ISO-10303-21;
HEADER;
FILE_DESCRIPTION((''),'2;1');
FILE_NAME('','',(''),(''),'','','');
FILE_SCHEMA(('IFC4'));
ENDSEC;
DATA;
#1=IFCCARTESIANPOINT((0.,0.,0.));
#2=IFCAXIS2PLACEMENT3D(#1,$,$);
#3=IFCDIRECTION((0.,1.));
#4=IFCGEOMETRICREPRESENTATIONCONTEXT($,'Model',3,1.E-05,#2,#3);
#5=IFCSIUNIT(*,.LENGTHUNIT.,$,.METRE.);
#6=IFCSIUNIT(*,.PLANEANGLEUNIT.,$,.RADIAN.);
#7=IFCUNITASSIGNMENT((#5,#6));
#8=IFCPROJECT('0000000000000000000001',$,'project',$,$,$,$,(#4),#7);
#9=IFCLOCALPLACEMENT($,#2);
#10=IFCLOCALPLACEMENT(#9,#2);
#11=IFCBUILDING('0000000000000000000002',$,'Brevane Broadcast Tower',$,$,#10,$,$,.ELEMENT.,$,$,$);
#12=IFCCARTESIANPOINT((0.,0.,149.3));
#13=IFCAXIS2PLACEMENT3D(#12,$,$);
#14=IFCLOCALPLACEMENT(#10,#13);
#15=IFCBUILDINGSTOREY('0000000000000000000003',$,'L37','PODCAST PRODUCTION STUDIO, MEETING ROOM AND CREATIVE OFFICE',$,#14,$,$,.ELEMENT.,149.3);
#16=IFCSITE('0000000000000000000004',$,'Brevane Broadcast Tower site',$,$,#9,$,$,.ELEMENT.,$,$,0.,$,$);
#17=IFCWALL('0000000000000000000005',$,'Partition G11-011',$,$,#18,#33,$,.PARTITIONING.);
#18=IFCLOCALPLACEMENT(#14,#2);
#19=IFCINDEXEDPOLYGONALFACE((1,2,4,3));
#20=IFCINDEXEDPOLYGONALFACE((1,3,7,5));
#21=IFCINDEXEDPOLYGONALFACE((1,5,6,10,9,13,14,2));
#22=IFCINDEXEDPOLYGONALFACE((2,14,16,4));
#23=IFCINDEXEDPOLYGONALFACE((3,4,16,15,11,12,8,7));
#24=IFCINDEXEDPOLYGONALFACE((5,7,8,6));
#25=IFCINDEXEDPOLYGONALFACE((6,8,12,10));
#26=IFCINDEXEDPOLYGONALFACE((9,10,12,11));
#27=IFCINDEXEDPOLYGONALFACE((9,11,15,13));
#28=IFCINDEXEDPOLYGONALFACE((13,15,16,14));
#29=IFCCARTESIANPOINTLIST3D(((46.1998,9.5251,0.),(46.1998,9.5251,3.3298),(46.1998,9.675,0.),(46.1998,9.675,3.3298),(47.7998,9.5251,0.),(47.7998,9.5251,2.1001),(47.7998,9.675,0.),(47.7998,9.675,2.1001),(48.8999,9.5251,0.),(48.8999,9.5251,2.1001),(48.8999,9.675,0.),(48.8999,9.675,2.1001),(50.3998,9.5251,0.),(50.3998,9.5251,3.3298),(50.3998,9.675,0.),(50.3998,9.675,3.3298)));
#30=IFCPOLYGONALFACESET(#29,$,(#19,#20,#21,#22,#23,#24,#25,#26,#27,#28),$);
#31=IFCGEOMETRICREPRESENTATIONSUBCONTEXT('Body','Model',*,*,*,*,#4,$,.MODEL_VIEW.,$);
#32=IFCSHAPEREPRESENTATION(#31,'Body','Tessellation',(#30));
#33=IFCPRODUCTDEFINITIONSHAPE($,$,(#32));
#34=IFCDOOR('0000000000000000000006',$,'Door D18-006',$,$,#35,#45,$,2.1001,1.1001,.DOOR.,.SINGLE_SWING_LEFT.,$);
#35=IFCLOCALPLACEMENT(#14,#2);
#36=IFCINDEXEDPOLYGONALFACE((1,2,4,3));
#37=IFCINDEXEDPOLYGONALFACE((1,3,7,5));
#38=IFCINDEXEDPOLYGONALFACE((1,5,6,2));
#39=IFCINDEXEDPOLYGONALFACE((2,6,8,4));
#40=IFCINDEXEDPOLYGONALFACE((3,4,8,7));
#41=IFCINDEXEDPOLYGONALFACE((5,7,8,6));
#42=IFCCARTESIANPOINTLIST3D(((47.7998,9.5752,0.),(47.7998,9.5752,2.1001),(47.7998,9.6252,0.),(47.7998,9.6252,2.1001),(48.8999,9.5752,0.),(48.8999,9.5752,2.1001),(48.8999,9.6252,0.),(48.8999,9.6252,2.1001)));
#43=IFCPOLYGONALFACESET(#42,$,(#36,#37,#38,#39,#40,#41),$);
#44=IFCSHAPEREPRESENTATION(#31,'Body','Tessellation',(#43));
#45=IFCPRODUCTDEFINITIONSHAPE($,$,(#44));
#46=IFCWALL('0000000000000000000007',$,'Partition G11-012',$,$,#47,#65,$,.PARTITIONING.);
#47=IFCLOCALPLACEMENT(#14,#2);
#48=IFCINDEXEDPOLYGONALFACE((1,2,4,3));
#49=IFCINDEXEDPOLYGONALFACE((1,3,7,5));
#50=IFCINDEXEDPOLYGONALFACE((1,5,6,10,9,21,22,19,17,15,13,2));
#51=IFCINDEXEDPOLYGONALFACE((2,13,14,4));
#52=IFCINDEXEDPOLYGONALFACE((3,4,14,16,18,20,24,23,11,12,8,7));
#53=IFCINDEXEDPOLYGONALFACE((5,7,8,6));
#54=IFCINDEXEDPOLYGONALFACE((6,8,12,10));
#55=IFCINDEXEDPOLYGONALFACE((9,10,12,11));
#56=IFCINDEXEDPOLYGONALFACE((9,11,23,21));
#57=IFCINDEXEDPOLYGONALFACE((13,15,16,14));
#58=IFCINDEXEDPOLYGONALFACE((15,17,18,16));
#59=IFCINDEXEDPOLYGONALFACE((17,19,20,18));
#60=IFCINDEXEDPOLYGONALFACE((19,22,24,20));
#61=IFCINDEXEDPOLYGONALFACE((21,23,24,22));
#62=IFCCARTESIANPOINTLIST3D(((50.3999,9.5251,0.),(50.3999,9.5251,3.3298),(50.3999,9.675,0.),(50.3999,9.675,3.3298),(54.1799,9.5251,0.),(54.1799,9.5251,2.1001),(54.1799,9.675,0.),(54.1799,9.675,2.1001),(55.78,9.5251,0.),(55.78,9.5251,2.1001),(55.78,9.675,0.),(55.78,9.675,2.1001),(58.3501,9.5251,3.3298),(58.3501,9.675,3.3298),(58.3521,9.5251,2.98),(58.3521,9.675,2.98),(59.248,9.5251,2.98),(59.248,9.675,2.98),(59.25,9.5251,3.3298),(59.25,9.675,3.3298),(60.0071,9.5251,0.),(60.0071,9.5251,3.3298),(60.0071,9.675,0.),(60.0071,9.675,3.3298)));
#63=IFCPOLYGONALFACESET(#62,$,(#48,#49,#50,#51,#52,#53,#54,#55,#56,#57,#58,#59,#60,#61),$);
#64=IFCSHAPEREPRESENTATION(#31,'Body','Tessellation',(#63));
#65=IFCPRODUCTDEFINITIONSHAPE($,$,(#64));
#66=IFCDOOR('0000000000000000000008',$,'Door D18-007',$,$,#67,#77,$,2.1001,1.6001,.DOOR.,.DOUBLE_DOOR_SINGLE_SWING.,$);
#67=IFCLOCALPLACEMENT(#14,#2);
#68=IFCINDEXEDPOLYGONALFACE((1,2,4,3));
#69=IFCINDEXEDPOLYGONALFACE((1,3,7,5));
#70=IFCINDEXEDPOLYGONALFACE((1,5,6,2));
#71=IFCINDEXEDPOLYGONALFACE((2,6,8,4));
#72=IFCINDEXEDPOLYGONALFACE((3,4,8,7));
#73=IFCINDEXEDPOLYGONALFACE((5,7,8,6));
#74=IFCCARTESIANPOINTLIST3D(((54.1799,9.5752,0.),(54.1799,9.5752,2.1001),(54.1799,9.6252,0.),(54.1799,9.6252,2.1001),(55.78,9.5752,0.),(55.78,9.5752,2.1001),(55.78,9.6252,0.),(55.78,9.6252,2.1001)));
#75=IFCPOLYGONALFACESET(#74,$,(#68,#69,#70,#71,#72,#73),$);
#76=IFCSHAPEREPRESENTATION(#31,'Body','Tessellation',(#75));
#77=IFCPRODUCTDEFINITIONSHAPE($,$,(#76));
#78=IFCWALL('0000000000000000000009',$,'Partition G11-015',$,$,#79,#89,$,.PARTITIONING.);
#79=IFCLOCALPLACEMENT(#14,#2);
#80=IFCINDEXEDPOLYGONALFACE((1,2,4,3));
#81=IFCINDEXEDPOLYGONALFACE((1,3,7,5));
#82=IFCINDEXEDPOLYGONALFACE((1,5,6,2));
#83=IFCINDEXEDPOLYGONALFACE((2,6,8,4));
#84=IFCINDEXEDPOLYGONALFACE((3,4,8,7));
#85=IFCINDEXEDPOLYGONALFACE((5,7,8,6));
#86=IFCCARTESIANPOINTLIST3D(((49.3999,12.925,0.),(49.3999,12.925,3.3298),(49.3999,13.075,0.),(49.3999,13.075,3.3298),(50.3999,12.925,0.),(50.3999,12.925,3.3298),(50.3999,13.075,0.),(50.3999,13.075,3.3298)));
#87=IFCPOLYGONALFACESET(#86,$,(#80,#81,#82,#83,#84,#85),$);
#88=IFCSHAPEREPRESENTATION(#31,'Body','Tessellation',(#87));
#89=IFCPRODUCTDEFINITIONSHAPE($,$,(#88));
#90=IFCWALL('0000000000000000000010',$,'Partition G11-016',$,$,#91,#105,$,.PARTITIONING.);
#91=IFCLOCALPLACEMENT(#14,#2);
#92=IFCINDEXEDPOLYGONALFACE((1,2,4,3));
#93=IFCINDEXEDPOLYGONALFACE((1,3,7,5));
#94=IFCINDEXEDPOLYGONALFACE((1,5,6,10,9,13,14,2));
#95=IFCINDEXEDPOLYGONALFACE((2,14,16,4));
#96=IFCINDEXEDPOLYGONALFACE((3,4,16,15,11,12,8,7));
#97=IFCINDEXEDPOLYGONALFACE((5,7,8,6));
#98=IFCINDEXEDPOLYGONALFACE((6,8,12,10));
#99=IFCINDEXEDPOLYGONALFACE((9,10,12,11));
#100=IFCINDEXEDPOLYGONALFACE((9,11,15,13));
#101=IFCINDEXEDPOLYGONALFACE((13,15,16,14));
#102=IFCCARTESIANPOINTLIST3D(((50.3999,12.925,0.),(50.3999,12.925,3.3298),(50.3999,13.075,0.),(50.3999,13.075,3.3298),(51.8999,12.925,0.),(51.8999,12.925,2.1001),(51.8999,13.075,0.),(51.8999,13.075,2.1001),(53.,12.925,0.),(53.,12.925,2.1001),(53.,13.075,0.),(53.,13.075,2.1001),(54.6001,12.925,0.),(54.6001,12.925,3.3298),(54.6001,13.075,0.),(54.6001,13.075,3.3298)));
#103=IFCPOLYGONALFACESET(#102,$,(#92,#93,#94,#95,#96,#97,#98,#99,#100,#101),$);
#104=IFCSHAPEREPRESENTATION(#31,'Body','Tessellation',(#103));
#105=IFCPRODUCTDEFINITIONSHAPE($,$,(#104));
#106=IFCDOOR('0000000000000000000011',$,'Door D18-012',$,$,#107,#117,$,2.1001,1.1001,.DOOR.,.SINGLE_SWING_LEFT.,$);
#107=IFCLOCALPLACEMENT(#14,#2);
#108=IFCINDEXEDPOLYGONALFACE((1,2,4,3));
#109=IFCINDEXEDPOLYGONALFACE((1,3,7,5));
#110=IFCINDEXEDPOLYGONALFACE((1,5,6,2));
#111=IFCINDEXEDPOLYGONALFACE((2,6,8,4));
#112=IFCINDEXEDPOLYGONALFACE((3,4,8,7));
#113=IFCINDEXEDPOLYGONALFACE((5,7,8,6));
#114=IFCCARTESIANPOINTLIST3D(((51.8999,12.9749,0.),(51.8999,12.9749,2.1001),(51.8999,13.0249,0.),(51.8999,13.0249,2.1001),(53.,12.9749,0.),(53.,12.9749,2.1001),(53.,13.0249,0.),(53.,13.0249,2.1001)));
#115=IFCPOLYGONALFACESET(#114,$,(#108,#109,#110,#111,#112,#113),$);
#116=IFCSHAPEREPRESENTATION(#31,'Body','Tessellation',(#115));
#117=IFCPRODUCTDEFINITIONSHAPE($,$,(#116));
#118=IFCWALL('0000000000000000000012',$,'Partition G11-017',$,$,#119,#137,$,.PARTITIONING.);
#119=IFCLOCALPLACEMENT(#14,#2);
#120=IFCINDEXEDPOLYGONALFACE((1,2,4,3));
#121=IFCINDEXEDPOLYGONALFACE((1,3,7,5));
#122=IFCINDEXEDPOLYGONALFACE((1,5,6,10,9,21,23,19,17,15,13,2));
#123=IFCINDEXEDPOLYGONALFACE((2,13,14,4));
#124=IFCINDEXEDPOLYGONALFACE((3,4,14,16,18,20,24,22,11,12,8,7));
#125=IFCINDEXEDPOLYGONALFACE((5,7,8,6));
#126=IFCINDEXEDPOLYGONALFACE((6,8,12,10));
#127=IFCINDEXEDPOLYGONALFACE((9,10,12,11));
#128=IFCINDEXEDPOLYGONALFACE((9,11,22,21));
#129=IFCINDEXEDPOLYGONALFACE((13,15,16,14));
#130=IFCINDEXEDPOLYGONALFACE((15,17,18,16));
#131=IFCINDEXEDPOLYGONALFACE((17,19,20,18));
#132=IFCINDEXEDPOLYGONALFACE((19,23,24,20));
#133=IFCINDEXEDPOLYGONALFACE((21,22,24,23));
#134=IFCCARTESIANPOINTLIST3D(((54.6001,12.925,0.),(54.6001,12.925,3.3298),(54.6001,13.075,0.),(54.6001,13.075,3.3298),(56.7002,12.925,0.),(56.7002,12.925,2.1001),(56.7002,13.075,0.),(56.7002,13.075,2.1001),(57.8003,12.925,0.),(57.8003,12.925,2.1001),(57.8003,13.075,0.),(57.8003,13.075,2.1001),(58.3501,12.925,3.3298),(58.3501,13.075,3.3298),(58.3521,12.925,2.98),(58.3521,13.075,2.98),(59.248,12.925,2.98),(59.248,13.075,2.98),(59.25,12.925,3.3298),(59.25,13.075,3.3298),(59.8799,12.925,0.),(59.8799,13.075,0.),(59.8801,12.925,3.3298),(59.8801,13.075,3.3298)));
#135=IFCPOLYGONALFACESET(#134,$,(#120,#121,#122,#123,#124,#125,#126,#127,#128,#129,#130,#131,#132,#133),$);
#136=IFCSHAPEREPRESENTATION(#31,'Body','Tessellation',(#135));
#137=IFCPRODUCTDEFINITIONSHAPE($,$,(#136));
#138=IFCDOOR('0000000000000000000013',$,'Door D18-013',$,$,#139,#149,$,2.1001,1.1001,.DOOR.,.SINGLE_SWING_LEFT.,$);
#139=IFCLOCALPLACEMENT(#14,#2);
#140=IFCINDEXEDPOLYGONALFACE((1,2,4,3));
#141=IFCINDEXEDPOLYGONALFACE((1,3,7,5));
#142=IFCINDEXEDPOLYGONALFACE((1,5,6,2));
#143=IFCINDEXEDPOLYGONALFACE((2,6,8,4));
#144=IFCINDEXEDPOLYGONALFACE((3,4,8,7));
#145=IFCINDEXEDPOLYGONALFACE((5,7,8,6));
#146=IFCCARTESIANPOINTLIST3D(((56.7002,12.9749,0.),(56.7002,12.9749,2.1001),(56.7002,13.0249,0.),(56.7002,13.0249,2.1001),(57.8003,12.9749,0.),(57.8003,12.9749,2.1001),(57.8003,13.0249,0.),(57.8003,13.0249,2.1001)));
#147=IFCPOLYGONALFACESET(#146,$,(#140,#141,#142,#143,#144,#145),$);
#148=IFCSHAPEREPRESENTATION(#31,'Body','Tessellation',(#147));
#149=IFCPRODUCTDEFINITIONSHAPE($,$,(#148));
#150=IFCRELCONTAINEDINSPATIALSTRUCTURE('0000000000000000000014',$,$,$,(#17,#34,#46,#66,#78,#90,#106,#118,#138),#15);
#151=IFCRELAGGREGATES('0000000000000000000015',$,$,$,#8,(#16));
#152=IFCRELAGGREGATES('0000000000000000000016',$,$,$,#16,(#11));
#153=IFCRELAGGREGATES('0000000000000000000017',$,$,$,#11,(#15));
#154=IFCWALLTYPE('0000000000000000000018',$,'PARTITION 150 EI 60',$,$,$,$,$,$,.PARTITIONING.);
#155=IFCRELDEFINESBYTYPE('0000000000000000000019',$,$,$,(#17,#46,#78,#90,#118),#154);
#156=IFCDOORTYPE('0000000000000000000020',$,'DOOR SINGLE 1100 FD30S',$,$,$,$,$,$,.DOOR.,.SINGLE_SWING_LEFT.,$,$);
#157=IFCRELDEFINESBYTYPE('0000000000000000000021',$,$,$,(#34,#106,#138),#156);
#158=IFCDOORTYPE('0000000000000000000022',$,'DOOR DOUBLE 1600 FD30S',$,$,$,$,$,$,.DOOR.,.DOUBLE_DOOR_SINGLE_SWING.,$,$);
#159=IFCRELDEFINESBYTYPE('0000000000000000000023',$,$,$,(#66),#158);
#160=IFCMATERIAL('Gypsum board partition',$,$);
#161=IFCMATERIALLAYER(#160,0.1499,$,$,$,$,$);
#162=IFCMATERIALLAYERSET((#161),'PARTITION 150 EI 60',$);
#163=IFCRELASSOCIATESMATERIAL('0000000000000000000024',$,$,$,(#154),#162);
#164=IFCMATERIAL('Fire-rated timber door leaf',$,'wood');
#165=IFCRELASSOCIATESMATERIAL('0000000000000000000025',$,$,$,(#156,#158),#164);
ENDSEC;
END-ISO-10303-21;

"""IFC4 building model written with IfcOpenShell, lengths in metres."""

from ifc_helpers import new_model, si_unit, direction, frame, frame_2d, origin, place, context, subcontext, project, spatial, polyline, rectangle, outline, extrude, material, layer, layer_set, type_object, element, fill, save


model = new_model("IFC4")

# Units and contexts
model_context = context("Model", 3, precision=1e-05, world=origin(), true_north=direction((0.0, 1.0)))
body_context = subcontext(model_context, "Body", "Model", "MODEL_VIEW")
ifc_project = project(units=[si_unit("LENGTHUNIT", "METRE"), si_unit("PLANEANGLEUNIT", "RADIAN")], contexts=[model_context])

# Site, building, storey
site_placement = place(None, origin())
site = spatial("IfcSite", under=ifc_project, at=site_placement, Name="Brevane Broadcast Tower site", CompositionType="ELEMENT", RefElevation=0.0)
building_placement = place(site_placement, origin())
building = spatial("IfcBuilding", under=site, at=building_placement, Name="Brevane Broadcast Tower", CompositionType="ELEMENT")
storey_placement = place(building_placement, frame((0.0, 0.0, 149.3)))
storey = spatial("IfcBuildingStorey", under=building, at=storey_placement, Name="L37", Description="PODCAST PRODUCTION STUDIO, MEETING ROOM AND CREATIVE OFFICE", CompositionType="ELEMENT", Elevation=149.3)

# Shared definitions
ifc_material_1 = material(Name="Gypsum board partition")

# Walls, openings, doors
ifc_layer_1 = layer(ifc_material_1, 0.1499)
ifc_layer_set_1 = layer_set([ifc_layer_1], Name="PARTITION 150 EI 60")
wall_type_1 = type_object("IfcWallType", Name="PARTITION 150 EI 60", PredefinedType="PARTITIONING", material=ifc_layer_set_1)
ifc_material_2 = material(Name="Fire-rated timber door leaf", Category="wood")
door_type_1 = type_object("IfcDoorType", Name="DOOR SINGLE 1100 FD30S", OperationType="SINGLE_SWING_LEFT", PredefinedType="DOOR", material=ifc_material_2)
wall_1_placement = place(storey_placement, frame((50.3999, 9.6001, 0.0), z_axis=(0.0, 0.0, 1.0), x_axis=(-1.0, 0.0, 0.0)))
wall_1 = element("IfcWall", 1, at=wall_1_placement, inside=storey, type_object=wall_type_1, Name="Partition G11-011", PredefinedType="PARTITIONING", context=body_context, shape_type="SweptSolid", body=[
    extrude(rectangle(XDim=4.2, YDim=0.1499, at=frame_2d((2.1001, 0.0))), origin(), (0.0, 0.0, 1.0), 3.3298),
])
opening_1_placement = place(wall_1_placement, frame((1.5, 0.0, 0.0)))
opening_1 = element("IfcOpeningElement", 2, at=opening_1_placement, cuts=wall_1, PredefinedType="OPENING", context=body_context, shape_type="SweptSolid", body=[
    extrude(rectangle(XDim=1.1001, YDim=2.1001, at=frame_2d((0.55, 1.05))), frame((0.0, 0.085, 0.0), z_axis=(0.0, -1.0, 0.0), x_axis=(1.0, 0.0, 0.0)), (0.0, 0.0, 1.0), 0.1699),
])
door_1_placement = place(opening_1_placement, origin())
door_1 = element("IfcDoor", 3, at=door_1_placement, inside=storey, type_object=door_type_1, Name="Door D18-006", OperationType="SINGLE_SWING_LEFT", OverallHeight=2.1001, OverallWidth=1.1001, PredefinedType="DOOR", context=body_context, shape_type="SweptSolid", body=[
    extrude(rectangle(XDim=1.1001, YDim=2.1001, at=frame_2d((0.55, 1.05))), frame((0.0, 0.0249, 0.0), z_axis=(0.0, -1.0, 0.0), x_axis=(1.0, 0.0, 0.0)), (0.0, 0.0, 1.0), 0.05),
])
fill(opening_1, door_1)
wall_2_placement = place(storey_placement, frame((60.0071, 9.6001, 0.0), z_axis=(0.0, 0.0, 1.0), x_axis=(-1.0, 0.0, 0.0)))
wall_2 = element("IfcWall", 4, at=wall_2_placement, inside=storey, type_object=wall_type_1, Name="Partition G11-012", PredefinedType="PARTITIONING", context=body_context, shape_type="SweptSolid", body=[
    extrude(outline(polyline([(0.0, 0.0), (9.6072, 0.0), (9.6072, 3.3298), (1.657, 3.3298), (1.655, 2.98), (0.759, 2.98), (0.7571, 3.3298), (0.1272, 3.3298), (0.0, 3.3298), (0.0, 0.0)])), frame((0.0, 0.075, 0.0), z_axis=(0.0, -1.0, 0.0), x_axis=(1.0, 0.0, 0.0)), (0.0, 0.0, 1.0), 0.1499),
])
opening_2_placement = place(wall_2_placement, frame((4.2271, 0.0, 0.0)))
opening_2 = element("IfcOpeningElement", 5, at=opening_2_placement, cuts=wall_2, PredefinedType="OPENING", context=body_context, shape_type="SweptSolid", body=[
    extrude(rectangle(XDim=1.6001, YDim=2.1001, at=frame_2d((0.8, 1.05))), frame((0.0, 0.085, 0.0), z_axis=(0.0, -1.0, 0.0), x_axis=(1.0, 0.0, 0.0)), (0.0, 0.0, 1.0), 0.1699),
])
door_type_2 = type_object("IfcDoorType", Name="DOOR DOUBLE 1600 FD30S", OperationType="DOUBLE_DOOR_SINGLE_SWING", PredefinedType="DOOR", material=ifc_material_2)
door_2_placement = place(opening_2_placement, origin())
door_2 = element("IfcDoor", 6, at=door_2_placement, inside=storey, type_object=door_type_2, Name="Door D18-007", OperationType="DOUBLE_DOOR_SINGLE_SWING", OverallHeight=2.1001, OverallWidth=1.6001, PredefinedType="DOOR", context=body_context, shape_type="SweptSolid", body=[
    extrude(rectangle(XDim=1.6001, YDim=2.1001, at=frame_2d((0.8, 1.05))), frame((0.0, 0.0249, 0.0), z_axis=(0.0, -1.0, 0.0), x_axis=(1.0, 0.0, 0.0)), (0.0, 0.0, 1.0), 0.05),
])
fill(opening_2, door_2)

# Wall
wall_3_placement = place(storey_placement, frame((49.3999, 13.0, 0.0), z_axis=(0.0, 0.0, 1.0), x_axis=(1.0, 0.0, 0.0)))
element("IfcWall", 7, at=wall_3_placement, inside=storey, type_object=wall_type_1, Name="Partition G11-015", PredefinedType="PARTITIONING", context=body_context, shape_type="SweptSolid", body=[
    extrude(rectangle(XDim=1.0, YDim=0.1499, at=frame_2d((0.5, 0.0))), origin(), (0.0, 0.0, 1.0), 3.3298),
])

# Walls, openings, doors
wall_4_placement = place(storey_placement, frame((50.3999, 13.0, 0.0), z_axis=(0.0, 0.0, 1.0), x_axis=(1.0, 0.0, 0.0)))
wall_4 = element("IfcWall", 8, at=wall_4_placement, inside=storey, type_object=wall_type_1, Name="Partition G11-016", PredefinedType="PARTITIONING", context=body_context, shape_type="SweptSolid", body=[
    extrude(rectangle(XDim=4.2002, YDim=0.1499, at=frame_2d((2.1001, 0.0))), origin(), (0.0, 0.0, 1.0), 3.3298),
])
opening_3_placement = place(wall_4_placement, frame((1.5, 0.0, 0.0)))
opening_3 = element("IfcOpeningElement", 9, at=opening_3_placement, cuts=wall_4, PredefinedType="OPENING", context=body_context, shape_type="SweptSolid", body=[
    extrude(rectangle(XDim=1.1001, YDim=2.1001, at=frame_2d((0.55, 1.05))), frame((0.0, 0.085, 0.0), z_axis=(0.0, -1.0, 0.0), x_axis=(1.0, 0.0, 0.0)), (0.0, 0.0, 1.0), 0.1699),
])
door_3_placement = place(opening_3_placement, origin())
door_3 = element("IfcDoor", 10, at=door_3_placement, inside=storey, type_object=door_type_1, Name="Door D18-012", OperationType="SINGLE_SWING_LEFT", OverallHeight=2.1001, OverallWidth=1.1001, PredefinedType="DOOR", context=body_context, shape_type="SweptSolid", body=[
    extrude(rectangle(XDim=1.1001, YDim=2.1001, at=frame_2d((0.55, 1.05))), frame((0.0, 0.0249, 0.0), z_axis=(0.0, -1.0, 0.0), x_axis=(1.0, 0.0, 0.0)), (0.0, 0.0, 1.0), 0.05),
])
fill(opening_3, door_3)
wall_5_placement = place(storey_placement, frame((54.6001, 13.0, 0.0), z_axis=(0.0, 0.0, 1.0), x_axis=(1.0, 0.0, 0.0)))
wall_5 = element("IfcWall", 11, at=wall_5_placement, inside=storey, type_object=wall_type_1, Name="Partition G11-017", PredefinedType="PARTITIONING", context=body_context, shape_type="SweptSolid", body=[
    extrude(outline(polyline([(0.0, 0.0), (5.2798, 0.0), (5.28, 3.3298), (4.6499, 3.3298), (4.6479, 2.98), (3.752, 2.98), (3.75, 3.3298), (0.0, 3.3298), (0.0, 0.0)])), frame((0.0, 0.075, 0.0), z_axis=(0.0, -1.0, 0.0), x_axis=(1.0, 0.0, 0.0)), (0.0, 0.0, 1.0), 0.1499),
])
opening_4_placement = place(wall_5_placement, frame((2.1001, 0.0, 0.0)))
opening_4 = element("IfcOpeningElement", 12, at=opening_4_placement, cuts=wall_5, PredefinedType="OPENING", context=body_context, shape_type="SweptSolid", body=[
    extrude(rectangle(XDim=1.1001, YDim=2.1001, at=frame_2d((0.55, 1.05))), frame((0.0, 0.085, 0.0), z_axis=(0.0, -1.0, 0.0), x_axis=(1.0, 0.0, 0.0)), (0.0, 0.0, 1.0), 0.1699),
])
door_4_placement = place(opening_4_placement, origin())
door_4 = element("IfcDoor", 13, at=door_4_placement, inside=storey, type_object=door_type_1, Name="Door D18-013", OperationType="SINGLE_SWING_LEFT", OverallHeight=2.1001, OverallWidth=1.1001, PredefinedType="DOOR", context=body_context, shape_type="SweptSolid", body=[
    extrude(rectangle(XDim=1.1001, YDim=2.1001, at=frame_2d((0.55, 1.05))), frame((0.0, 0.0249, 0.0), z_axis=(0.0, -1.0, 0.0), x_axis=(1.0, 0.0, 0.0)), (0.0, 0.0, 1.0), 0.05),
])
fill(opening_4, door_4)

save(model, "model.ifc")
